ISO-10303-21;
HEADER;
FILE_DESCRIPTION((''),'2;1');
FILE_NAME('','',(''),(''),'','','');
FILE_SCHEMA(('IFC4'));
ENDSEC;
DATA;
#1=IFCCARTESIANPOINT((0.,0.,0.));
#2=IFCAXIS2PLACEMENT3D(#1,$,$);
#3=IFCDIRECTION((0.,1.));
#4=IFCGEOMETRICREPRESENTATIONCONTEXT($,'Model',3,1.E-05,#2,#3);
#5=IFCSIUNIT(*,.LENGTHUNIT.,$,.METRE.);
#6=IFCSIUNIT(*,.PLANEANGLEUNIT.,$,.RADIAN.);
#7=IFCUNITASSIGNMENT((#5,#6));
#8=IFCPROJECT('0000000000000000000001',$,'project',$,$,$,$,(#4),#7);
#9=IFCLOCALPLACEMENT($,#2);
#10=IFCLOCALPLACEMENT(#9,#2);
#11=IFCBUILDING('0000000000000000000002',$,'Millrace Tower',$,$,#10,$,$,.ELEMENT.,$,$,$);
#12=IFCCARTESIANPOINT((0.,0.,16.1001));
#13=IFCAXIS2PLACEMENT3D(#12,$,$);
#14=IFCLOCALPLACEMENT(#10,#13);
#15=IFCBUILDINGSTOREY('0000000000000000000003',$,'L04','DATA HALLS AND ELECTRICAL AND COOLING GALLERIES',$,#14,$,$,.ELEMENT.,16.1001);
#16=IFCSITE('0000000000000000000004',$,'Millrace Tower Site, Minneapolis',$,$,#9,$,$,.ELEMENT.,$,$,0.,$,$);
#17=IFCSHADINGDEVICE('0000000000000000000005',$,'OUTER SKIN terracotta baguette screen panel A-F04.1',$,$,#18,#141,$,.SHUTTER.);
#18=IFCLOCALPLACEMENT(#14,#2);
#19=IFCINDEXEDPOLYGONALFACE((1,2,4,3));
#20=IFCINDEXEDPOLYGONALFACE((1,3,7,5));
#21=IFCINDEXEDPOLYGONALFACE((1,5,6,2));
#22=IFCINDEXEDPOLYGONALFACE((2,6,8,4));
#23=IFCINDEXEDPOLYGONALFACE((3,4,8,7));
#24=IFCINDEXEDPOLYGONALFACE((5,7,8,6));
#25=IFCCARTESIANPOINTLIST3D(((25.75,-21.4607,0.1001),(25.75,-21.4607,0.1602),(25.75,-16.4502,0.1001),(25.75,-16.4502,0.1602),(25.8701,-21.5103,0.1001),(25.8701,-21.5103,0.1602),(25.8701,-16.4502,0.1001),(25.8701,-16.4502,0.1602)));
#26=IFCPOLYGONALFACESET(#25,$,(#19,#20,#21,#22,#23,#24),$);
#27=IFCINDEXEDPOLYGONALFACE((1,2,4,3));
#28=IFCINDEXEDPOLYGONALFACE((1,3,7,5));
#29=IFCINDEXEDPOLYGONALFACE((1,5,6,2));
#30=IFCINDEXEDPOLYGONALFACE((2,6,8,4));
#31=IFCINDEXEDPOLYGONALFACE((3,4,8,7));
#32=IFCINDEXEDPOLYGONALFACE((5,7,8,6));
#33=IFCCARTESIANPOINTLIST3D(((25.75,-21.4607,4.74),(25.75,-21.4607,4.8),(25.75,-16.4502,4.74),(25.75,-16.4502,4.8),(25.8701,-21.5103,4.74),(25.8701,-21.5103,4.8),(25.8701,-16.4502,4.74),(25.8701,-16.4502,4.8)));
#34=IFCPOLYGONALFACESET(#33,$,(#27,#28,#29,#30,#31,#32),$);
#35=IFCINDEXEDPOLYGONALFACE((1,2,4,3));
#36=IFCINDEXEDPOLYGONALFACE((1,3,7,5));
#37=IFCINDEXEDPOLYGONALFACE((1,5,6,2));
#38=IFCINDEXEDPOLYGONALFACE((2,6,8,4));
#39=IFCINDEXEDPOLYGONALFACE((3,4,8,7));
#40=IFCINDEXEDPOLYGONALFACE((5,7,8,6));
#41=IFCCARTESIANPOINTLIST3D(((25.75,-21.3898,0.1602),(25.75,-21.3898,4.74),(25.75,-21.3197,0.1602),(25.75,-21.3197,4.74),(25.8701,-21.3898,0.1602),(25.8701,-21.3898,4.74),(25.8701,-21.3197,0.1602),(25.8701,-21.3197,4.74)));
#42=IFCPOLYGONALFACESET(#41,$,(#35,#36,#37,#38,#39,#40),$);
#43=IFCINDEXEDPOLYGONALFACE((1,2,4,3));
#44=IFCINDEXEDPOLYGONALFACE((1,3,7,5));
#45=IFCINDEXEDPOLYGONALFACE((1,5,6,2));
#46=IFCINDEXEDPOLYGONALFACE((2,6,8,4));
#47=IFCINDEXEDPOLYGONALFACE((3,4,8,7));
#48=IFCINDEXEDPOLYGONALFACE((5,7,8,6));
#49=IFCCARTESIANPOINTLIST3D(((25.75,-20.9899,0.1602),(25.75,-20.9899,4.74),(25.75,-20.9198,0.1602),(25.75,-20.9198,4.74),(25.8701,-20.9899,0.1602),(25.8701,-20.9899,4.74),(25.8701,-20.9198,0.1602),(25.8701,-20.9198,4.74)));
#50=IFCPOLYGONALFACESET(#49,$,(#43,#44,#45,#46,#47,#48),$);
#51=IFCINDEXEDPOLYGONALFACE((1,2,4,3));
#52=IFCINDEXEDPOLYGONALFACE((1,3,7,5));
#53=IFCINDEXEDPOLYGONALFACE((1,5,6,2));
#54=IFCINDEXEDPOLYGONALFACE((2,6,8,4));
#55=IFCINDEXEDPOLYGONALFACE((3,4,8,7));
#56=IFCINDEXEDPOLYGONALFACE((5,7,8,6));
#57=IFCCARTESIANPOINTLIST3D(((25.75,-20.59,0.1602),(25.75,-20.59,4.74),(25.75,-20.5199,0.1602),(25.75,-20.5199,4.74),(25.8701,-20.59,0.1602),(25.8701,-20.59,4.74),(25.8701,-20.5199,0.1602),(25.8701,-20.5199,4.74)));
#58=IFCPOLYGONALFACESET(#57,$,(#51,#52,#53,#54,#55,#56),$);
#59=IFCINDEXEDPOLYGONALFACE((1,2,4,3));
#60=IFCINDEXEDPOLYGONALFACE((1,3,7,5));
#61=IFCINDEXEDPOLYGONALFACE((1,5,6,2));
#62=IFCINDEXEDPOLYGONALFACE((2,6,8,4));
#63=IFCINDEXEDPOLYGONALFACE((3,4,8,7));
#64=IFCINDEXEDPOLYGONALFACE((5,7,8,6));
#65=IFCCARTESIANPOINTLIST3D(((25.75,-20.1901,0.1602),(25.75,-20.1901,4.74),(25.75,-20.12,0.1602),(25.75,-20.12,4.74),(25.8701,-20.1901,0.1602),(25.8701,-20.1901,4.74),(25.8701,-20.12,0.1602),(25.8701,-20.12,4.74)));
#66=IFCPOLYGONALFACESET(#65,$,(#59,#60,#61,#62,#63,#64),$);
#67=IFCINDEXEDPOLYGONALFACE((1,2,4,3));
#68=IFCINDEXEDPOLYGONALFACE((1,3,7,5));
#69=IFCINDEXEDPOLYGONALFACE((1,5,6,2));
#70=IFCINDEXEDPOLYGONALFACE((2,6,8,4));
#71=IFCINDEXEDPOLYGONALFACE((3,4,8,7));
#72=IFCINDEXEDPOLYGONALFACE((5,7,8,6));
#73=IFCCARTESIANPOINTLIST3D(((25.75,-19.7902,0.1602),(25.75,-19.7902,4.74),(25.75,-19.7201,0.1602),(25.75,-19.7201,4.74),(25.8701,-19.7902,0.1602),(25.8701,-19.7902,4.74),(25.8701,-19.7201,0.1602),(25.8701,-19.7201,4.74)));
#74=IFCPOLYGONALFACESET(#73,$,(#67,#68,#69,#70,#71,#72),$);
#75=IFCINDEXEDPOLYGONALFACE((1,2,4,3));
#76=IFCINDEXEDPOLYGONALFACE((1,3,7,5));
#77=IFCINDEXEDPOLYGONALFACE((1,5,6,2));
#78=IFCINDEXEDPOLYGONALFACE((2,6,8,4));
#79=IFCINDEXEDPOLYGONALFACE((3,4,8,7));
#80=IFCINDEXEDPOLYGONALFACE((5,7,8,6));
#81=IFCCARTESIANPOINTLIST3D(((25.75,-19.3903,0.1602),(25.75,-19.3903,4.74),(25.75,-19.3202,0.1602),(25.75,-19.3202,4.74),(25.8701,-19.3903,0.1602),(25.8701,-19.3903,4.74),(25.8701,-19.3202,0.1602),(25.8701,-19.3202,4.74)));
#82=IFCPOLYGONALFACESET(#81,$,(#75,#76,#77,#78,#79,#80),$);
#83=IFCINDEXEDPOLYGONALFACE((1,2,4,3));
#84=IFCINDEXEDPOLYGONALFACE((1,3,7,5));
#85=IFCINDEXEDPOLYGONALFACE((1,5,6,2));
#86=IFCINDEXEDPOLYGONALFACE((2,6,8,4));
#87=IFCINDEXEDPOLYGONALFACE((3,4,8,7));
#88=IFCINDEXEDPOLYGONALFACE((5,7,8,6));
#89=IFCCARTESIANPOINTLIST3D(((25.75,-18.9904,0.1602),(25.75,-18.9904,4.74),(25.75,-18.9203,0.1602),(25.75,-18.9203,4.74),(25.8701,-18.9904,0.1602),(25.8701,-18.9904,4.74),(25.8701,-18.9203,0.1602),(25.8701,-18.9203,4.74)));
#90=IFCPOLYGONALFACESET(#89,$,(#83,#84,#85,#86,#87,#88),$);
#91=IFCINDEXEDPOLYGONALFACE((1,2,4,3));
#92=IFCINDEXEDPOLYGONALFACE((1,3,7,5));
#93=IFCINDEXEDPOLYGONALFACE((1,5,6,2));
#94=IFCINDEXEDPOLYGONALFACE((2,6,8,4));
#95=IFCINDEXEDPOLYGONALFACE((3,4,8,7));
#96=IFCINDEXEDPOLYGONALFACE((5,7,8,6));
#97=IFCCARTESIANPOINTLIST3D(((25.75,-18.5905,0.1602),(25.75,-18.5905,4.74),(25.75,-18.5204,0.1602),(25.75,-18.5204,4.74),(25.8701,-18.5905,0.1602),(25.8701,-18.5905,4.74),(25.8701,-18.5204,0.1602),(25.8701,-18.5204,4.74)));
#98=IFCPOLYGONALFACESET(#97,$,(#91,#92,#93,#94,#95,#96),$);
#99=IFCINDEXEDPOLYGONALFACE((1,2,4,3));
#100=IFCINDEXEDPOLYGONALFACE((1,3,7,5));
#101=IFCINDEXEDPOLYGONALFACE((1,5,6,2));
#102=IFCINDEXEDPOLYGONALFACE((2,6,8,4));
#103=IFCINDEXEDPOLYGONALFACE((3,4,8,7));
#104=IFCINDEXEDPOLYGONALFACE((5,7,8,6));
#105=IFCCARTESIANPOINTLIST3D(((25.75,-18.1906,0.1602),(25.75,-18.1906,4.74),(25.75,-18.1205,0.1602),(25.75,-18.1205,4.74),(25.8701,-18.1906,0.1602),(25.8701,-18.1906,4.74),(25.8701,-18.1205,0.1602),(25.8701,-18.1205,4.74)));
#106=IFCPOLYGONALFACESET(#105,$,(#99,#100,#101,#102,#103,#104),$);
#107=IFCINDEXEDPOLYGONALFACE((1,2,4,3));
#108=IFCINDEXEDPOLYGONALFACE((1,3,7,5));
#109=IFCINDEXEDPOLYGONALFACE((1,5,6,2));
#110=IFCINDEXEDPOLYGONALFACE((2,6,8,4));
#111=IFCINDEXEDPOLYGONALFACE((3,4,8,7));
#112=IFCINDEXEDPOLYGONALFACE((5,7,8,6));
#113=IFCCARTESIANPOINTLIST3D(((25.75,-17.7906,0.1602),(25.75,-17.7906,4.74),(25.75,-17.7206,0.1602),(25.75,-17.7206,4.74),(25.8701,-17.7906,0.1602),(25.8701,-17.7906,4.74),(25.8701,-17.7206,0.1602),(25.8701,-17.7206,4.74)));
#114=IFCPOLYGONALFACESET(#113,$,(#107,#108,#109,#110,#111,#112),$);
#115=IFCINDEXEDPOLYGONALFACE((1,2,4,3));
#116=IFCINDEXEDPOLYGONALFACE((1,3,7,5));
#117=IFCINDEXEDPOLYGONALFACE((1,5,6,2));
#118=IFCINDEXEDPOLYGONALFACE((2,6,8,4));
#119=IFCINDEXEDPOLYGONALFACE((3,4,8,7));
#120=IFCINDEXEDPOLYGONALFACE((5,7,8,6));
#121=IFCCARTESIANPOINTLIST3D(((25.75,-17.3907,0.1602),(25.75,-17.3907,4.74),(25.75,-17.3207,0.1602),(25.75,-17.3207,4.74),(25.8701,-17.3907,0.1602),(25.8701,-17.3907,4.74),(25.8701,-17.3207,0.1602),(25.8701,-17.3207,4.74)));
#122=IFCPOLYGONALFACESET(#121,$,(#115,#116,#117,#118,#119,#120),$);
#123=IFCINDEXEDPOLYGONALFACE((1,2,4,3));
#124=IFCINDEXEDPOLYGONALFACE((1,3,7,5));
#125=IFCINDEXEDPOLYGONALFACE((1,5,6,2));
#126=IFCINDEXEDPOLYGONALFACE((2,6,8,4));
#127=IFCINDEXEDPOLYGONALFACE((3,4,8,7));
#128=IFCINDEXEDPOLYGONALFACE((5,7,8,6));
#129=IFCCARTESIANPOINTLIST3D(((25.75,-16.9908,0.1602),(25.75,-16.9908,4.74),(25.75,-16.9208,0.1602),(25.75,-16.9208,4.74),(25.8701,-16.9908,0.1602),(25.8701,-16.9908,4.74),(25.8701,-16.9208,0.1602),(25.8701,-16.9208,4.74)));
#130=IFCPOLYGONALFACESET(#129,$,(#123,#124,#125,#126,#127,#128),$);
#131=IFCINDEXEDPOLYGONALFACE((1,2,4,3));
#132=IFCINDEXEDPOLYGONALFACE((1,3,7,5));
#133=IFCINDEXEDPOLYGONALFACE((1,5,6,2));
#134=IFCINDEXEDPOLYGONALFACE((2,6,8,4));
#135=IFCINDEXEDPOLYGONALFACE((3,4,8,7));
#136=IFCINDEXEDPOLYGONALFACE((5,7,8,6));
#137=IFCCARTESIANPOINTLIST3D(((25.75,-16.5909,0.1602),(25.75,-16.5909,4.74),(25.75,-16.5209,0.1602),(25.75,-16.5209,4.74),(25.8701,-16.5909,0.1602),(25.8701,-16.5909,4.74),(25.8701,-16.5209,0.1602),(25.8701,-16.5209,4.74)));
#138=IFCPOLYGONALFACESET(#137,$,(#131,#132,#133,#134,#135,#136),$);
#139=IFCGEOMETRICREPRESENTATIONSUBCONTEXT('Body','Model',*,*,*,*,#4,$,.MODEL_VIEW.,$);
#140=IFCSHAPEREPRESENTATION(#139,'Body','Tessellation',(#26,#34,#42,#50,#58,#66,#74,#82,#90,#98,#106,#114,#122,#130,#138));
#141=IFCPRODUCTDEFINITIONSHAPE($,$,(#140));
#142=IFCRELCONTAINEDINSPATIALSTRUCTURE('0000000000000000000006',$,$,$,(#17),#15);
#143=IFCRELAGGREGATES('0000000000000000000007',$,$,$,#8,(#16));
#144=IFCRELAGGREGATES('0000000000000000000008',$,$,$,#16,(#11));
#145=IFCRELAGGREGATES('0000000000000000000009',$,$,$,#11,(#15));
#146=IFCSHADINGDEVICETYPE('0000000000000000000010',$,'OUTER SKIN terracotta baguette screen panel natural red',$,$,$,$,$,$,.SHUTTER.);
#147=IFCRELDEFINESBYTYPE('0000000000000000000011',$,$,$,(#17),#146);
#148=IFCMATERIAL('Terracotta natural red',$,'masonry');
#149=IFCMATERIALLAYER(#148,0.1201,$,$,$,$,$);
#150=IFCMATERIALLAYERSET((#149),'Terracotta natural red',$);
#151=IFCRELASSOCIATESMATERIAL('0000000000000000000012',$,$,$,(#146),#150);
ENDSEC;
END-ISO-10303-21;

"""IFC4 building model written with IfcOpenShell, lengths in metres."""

from ifc_helpers import new_model, entity, si_unit, direction, frame, frame_2d, origin, place, context, subcontext, project, spatial, rectangle, extrude, source, transform, mapped, material, layer, layer_set, type_object, element, save


model = new_model("IFC4")

# Units and contexts
model_context = context("Model", 3, precision=1e-05, world=origin(), true_north=direction((0.0, 1.0)))
body_context = subcontext(model_context, "Body", "Model", "MODEL_VIEW")
ifc_project = project(units=[si_unit("LENGTHUNIT", "METRE"), si_unit("PLANEANGLEUNIT", "RADIAN")], contexts=[model_context])

# Site, building, storey
site_placement = place(None, origin())
site = spatial("IfcSite", under=ifc_project, at=site_placement, Name="Millrace Tower Site, Minneapolis", CompositionType="ELEMENT", RefElevation=0.0)
building_placement = place(site_placement, origin())
building = spatial("IfcBuilding", under=site, at=building_placement, Name="Millrace Tower", CompositionType="ELEMENT")
storey_placement = place(building_placement, frame((0.0, 0.0, 16.1001)))
storey = spatial("IfcBuildingStorey", under=building, at=storey_placement, Name="L04", Description="DATA HALLS AND ELECTRICAL AND COOLING GALLERIES", CompositionType="ELEMENT", Elevation=16.1001)

# Shading device
ifc_material_1 = material(Name="Terracotta natural red", Category="masonry")
ifc_layer_1 = layer(ifc_material_1, 0.1201)
ifc_layer_set_1 = layer_set([ifc_layer_1], Name="Terracotta natural red")
shading_device_type_1 = type_object("IfcShadingDeviceType", Name="OUTER SKIN terracotta baguette screen panel natural red", PredefinedType="SHUTTER", material=ifc_layer_set_1)
cartesian_point_1 = entity("IfcCartesianPoint", [-2.4929, 0.0601])
shared_polyline_1 = entity("IfcPolyline", [cartesian_point_1, entity("IfcCartesianPoint", [2.5176, 0.0601]), entity("IfcCartesianPoint", [2.5176, -0.0601]), entity("IfcCartesianPoint", [-2.5425, -0.0601]), cartesian_point_1])
shared_shape_1 = source(origin(), body_context, "Body", "SweptSolid", [
    entity("IfcExtrudedAreaSolid", entity("IfcArbitraryClosedProfileDef", "AREA", None, shared_polyline_1), entity("IfcAxis2Placement3D", entity("IfcCartesianPoint", [0.0, 0.0, 0.0])), entity("IfcDirection", [0.0, 0.0, 1.0]), 0.0601),
    entity("IfcExtrudedAreaSolid", entity("IfcArbitraryClosedProfileDef", "AREA", None, shared_polyline_1), entity("IfcAxis2Placement3D", entity("IfcCartesianPoint", [0.0, 0.0, 4.6399])), entity("IfcDirection", [0.0, 0.0, 1.0]), 0.0601),
    extrude(rectangle(XDim=0.0701, YDim=0.1201, at=frame_2d((-2.387, 0.0))), frame((0.0, 0.0, 0.0601)), (0.0, 0.0, 1.0), 4.5798),
    extrude(rectangle(XDim=0.0701, YDim=0.1201, at=frame_2d((-1.9871, 0.0))), frame((0.0, 0.0, 0.0601)), (0.0, 0.0, 1.0), 4.5798),
    extrude(rectangle(XDim=0.0701, YDim=0.1201, at=frame_2d((-1.5872, 0.0))), frame((0.0, 0.0, 0.0601)), (0.0, 0.0, 1.0), 4.5798),
    extrude(rectangle(XDim=0.0701, YDim=0.1201, at=frame_2d((-1.1873, 0.0))), frame((0.0, 0.0, 0.0601)), (0.0, 0.0, 1.0), 4.5798),
    extrude(rectangle(XDim=0.0701, YDim=0.1201, at=frame_2d((-0.7874, 0.0))), frame((0.0, 0.0, 0.0601)), (0.0, 0.0, 1.0), 4.5798),
    extrude(rectangle(XDim=0.0701, YDim=0.1201, at=frame_2d((-0.3875, 0.0))), frame((0.0, 0.0, 0.0601)), (0.0, 0.0, 1.0), 4.5798),
    extrude(rectangle(XDim=0.0701, YDim=0.1201, at=frame_2d((0.0125, 0.0))), frame((0.0, 0.0, 0.0601)), (0.0, 0.0, 1.0), 4.5798),
    extrude(rectangle(XDim=0.0701, YDim=0.1201, at=frame_2d((0.4124, 0.0))), frame((0.0, 0.0, 0.0601)), (0.0, 0.0, 1.0), 4.5798),
    extrude(rectangle(XDim=0.0701, YDim=0.1201, at=frame_2d((0.8123, 0.0))), frame((0.0, 0.0, 0.0601)), (0.0, 0.0, 1.0), 4.5798),
    extrude(rectangle(XDim=0.0701, YDim=0.1201, at=frame_2d((1.2122, 0.0))), frame((0.0, 0.0, 0.0601)), (0.0, 0.0, 1.0), 4.5798),
    extrude(rectangle(XDim=0.0701, YDim=0.1201, at=frame_2d((1.6121, 0.0))), frame((0.0, 0.0, 0.0601)), (0.0, 0.0, 1.0), 4.5798),
    extrude(rectangle(XDim=0.0701, YDim=0.1201, at=frame_2d((2.012, 0.0))), frame((0.0, 0.0, 0.0601)), (0.0, 0.0, 1.0), 4.5798),
    extrude(rectangle(XDim=0.0701, YDim=0.1201, at=frame_2d((2.4119, 0.0))), frame((0.0, 0.0, 0.0601)), (0.0, 0.0, 1.0), 4.5798),
])
shading_device_1_placement = place(storey_placement, frame((25.8101, -18.9678, 0.1001), z_axis=(0.0, 0.0, 1.0), x_axis=(0.0, 1.0, 0.0)))
element("IfcShadingDevice", 1, at=shading_device_1_placement, inside=storey, type_object=shading_device_type_1, Name="OUTER SKIN terracotta baguette screen panel A-F04.1", PredefinedType="SHUTTER", context=body_context, shape_type="MappedRepresentation", body=[
    mapped(shared_shape_1, transform((0.0, 0.0, 0.0), scale=1.0)),
])

save(model, "model.ifc")
